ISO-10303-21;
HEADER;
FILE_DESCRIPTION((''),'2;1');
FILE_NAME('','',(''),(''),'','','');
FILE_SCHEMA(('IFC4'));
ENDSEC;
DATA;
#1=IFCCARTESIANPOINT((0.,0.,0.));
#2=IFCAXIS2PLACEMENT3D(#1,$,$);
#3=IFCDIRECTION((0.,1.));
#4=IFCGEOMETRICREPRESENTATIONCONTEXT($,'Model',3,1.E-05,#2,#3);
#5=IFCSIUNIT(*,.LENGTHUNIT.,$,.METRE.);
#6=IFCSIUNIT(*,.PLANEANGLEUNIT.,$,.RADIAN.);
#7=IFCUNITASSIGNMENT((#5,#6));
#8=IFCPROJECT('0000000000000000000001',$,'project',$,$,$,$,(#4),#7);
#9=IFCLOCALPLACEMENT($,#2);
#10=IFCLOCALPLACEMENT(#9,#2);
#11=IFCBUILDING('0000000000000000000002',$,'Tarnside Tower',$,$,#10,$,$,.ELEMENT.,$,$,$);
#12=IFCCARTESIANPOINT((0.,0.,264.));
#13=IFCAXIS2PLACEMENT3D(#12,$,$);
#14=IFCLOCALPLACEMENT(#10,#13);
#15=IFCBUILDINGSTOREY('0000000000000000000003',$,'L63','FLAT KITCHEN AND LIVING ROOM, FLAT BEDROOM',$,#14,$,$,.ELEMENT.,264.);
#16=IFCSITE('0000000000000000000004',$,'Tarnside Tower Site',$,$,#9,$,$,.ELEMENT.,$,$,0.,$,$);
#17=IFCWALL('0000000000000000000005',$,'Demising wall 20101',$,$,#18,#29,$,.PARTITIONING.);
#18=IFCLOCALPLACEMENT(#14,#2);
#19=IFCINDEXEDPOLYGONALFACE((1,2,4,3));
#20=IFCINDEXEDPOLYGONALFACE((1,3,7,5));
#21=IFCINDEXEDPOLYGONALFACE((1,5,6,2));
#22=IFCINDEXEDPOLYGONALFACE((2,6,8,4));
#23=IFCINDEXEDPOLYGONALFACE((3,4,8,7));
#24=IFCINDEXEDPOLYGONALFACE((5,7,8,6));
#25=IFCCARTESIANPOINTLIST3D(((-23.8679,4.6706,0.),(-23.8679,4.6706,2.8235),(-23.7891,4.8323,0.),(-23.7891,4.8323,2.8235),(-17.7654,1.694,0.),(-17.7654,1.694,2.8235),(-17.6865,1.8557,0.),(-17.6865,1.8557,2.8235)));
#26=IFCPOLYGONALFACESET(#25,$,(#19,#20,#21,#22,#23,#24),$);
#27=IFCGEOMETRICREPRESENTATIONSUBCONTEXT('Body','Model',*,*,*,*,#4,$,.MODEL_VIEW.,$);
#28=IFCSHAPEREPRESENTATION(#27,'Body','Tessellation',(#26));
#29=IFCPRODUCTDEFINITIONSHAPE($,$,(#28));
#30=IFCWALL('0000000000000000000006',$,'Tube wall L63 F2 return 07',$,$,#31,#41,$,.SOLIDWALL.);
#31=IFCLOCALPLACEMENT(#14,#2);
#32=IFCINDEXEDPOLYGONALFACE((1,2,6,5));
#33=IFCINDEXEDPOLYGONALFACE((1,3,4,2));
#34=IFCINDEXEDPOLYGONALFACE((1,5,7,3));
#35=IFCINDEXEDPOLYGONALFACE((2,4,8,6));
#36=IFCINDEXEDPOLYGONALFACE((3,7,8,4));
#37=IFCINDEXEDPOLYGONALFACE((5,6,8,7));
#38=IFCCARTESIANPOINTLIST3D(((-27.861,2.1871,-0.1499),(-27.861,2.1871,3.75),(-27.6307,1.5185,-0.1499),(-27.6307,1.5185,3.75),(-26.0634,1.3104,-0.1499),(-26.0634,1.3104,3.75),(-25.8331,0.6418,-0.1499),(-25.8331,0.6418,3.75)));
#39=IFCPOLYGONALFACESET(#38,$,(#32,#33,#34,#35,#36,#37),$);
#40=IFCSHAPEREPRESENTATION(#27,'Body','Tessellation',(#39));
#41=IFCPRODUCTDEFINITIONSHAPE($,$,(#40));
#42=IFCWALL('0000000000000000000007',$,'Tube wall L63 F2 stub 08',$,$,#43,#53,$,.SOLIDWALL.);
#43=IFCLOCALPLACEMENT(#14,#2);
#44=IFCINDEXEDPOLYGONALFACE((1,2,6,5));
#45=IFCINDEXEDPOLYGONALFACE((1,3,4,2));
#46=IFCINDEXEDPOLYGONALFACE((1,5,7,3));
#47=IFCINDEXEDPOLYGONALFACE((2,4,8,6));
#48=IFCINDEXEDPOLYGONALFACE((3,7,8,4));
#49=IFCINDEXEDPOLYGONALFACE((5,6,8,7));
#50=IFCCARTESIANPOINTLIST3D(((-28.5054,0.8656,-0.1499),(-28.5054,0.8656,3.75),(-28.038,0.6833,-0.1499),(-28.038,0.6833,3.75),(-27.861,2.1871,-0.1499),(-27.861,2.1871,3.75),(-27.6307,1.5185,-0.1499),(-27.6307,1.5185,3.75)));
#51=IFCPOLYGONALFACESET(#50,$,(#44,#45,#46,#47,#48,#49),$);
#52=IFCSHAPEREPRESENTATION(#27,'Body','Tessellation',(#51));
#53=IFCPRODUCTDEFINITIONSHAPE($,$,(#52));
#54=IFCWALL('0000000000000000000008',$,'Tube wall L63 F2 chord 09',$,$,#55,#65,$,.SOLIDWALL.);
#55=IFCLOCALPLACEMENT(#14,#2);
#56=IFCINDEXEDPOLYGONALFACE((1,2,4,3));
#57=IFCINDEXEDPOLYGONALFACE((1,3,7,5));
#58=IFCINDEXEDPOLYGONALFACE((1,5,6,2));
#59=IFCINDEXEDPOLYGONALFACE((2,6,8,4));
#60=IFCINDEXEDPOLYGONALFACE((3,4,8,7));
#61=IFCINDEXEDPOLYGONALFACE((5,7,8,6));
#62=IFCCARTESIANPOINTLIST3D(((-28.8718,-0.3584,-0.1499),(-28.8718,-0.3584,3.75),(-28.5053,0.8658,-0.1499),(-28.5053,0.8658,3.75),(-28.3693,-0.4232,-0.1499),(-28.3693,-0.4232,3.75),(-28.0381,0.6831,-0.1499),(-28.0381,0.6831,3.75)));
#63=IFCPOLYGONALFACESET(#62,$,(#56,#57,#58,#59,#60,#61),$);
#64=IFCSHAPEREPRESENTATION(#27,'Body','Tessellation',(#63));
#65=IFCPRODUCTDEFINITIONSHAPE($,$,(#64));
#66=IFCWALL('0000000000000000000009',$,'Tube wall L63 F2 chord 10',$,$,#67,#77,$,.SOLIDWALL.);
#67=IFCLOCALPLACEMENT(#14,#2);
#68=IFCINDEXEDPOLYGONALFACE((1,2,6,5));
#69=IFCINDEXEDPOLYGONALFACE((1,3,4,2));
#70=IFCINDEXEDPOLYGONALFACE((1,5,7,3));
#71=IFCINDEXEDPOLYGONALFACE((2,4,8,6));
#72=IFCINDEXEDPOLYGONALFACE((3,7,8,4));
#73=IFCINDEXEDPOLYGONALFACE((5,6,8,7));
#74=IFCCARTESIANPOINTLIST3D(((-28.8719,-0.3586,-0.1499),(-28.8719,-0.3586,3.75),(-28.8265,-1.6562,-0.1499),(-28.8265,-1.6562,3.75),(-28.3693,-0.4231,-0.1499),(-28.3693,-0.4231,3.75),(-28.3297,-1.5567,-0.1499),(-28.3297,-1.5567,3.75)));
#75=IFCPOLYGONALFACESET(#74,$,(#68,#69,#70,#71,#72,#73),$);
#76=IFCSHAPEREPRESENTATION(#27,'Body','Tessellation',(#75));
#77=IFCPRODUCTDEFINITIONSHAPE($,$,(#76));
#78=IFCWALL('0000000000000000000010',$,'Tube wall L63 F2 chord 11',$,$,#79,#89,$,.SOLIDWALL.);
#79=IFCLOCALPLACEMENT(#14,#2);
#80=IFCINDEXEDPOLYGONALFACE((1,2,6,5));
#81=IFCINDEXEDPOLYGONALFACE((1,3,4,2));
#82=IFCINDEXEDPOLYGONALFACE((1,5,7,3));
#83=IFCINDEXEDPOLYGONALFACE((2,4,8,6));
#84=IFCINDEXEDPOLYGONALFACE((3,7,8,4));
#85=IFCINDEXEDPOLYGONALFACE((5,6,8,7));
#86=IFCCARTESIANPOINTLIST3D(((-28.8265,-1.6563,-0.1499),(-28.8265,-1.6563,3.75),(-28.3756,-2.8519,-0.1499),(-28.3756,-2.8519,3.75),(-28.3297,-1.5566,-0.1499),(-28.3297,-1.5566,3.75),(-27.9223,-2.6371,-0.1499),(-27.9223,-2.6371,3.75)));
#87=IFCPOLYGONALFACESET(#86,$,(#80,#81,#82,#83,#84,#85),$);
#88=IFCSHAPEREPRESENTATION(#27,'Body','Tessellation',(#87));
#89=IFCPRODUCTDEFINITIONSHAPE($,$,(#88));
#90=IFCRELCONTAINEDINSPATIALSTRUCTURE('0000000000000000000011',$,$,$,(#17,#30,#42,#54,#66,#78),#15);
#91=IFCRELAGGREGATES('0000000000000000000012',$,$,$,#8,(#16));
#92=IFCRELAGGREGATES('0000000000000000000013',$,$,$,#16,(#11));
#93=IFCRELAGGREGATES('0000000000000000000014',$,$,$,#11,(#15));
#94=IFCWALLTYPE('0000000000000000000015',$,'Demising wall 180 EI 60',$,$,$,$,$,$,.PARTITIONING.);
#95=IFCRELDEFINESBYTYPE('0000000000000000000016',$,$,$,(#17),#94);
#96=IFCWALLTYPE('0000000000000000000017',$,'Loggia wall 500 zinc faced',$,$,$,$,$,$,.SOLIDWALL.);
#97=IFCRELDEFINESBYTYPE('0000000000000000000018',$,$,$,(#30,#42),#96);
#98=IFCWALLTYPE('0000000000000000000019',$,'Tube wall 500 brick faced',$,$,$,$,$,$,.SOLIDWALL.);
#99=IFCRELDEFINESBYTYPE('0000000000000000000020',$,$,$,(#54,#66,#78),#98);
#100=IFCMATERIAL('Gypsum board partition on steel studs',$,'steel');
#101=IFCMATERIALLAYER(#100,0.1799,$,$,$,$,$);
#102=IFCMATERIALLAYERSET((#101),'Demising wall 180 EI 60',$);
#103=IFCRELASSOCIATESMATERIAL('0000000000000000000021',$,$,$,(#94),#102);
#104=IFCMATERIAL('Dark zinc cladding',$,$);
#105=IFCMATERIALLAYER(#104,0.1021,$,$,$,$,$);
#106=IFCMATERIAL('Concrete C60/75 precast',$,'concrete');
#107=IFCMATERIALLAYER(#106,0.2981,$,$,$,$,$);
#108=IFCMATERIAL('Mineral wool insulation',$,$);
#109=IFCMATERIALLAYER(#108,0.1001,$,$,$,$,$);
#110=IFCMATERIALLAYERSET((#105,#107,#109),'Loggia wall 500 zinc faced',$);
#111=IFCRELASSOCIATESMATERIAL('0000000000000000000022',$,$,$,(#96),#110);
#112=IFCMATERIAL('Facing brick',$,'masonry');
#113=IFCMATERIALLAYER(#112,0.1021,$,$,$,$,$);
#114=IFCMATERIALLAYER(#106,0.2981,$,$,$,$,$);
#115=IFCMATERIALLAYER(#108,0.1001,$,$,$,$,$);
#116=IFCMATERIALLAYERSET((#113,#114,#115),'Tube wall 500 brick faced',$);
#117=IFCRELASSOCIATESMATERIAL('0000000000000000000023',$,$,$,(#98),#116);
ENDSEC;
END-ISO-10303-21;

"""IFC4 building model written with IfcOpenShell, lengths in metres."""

from ifc_helpers import new_model, si_unit, direction, frame, frame_2d, origin, place, context, subcontext, project, spatial, polyline, rectangle, outline, extrude, material, layer, layer_set, type_object, element, save


model = new_model("IFC4")

# Units and contexts
model_context = context("Model", 3, precision=1e-05, world=origin(), true_north=direction((0.0, 1.0)))
body_context = subcontext(model_context, "Body", "Model", "MODEL_VIEW")
ifc_project = project(units=[si_unit("LENGTHUNIT", "METRE"), si_unit("PLANEANGLEUNIT", "RADIAN")], contexts=[model_context])

# Site, building, storey
site_placement = place(None, origin())
site = spatial("IfcSite", under=ifc_project, at=site_placement, Name="Tarnside Tower Site", CompositionType="ELEMENT", RefElevation=0.0)
building_placement = place(site_placement, origin())
building = spatial("IfcBuilding", under=site, at=building_placement, Name="Tarnside Tower", CompositionType="ELEMENT")
storey_placement = place(building_placement, frame((0.0, 0.0, 264.0)))
storey = spatial("IfcBuildingStorey", under=building, at=storey_placement, Name="L63", Description="FLAT KITCHEN AND LIVING ROOM, FLAT BEDROOM", CompositionType="ELEMENT", Elevation=264.0)

# Shared definitions
ifc_material_1 = material(Name="Gypsum board partition on steel studs", Category="steel")

# Walls
ifc_layer_1 = layer(ifc_material_1, 0.1799)
ifc_layer_set_1 = layer_set([ifc_layer_1], Name="Demising wall 180 EI 60")
wall_type_1 = type_object("IfcWallType", Name="Demising wall 180 EI 60", PredefinedType="PARTITIONING", material=ifc_layer_set_1)
wall_1_placement = place(storey_placement, frame((-23.8286, 4.7515, 0.0), z_axis=(0.0, 0.0, 1.0), x_axis=(0.898785, -0.43839, 0.0)))
element("IfcWall", 1, at=wall_1_placement, inside=storey, type_object=wall_type_1, Name="Demising wall 20101", PredefinedType="PARTITIONING", context=body_context, shape_type="SweptSolid", body=[
    extrude(rectangle(XDim=6.7898, YDim=0.1799, at=frame_2d((3.395, 0.0))), origin(), (0.0, 0.0, 1.0), 2.8235),
])
ifc_material_2 = material(Name="Dark zinc cladding")
ifc_layer_2 = layer(ifc_material_2, 0.1021)
ifc_material_3 = material(Name="Concrete C60/75 precast", Category="concrete")
ifc_layer_3 = layer(ifc_material_3, 0.2981)
ifc_material_4 = material(Name="Mineral wool insulation")
ifc_layer_4 = layer(ifc_material_4, 0.1001)
ifc_layer_set_2 = layer_set([ifc_layer_2, ifc_layer_3, ifc_layer_4], Name="Loggia wall 500 zinc faced")
wall_type_2 = type_object("IfcWallType", Name="Loggia wall 500 zinc faced", PredefinedType="SOLIDWALL", material=ifc_layer_set_2)
wall_2_placement = place(storey_placement, frame((-25.9482, 0.9761, -0.1499), z_axis=(0.0, 0.0, 1.0), x_axis=(-0.898802, 0.438354, 0.0)))
element("IfcWall", 2, at=wall_2_placement, inside=storey, type_object=wall_type_2, Name="Tube wall L63 F2 return 07", PredefinedType="SOLIDWALL", context=body_context, shape_type="SweptSolid", body=[
    extrude(outline(polyline([(0.25, -0.25), (2.25, -0.25), (1.75, 0.25), (-0.25, 0.25), (0.25, -0.25)])), origin(), (0.0, 0.0, 1.0), 3.8999),
])
wall_3_placement = place(storey_placement, frame((-27.7458, 1.8528, -0.1499), z_axis=(0.0, 0.0, 1.0), x_axis=(-0.438319, -0.898819, 0.0)))
element("IfcWall", 3, at=wall_3_placement, inside=storey, type_object=wall_type_2, Name="Tube wall L63 F2 stub 08", PredefinedType="SOLIDWALL", context=body_context, shape_type="SweptSolid", body=[
    extrude(outline(polyline([(-0.25, -0.25), (1.2202, -0.25), (1.1792, 0.25), (0.25, 0.25), (-0.25, -0.25)])), origin(), (0.0, 0.0, 1.0), 3.8999),
])
ifc_material_5 = material(Name="Facing brick", Category="masonry")
ifc_layer_5 = layer(ifc_material_5, 0.1021)
ifc_layer_6 = layer(ifc_material_3, 0.2981)
ifc_layer_7 = layer(ifc_material_4, 0.1001)
ifc_layer_set_3 = layer_set([ifc_layer_5, ifc_layer_6, ifc_layer_7], Name="Tube wall 500 brick faced")
wall_type_3 = type_object("IfcWallType", Name="Tube wall 500 brick faced", PredefinedType="SOLIDWALL", material=ifc_layer_set_3)
wall_4_placement = place(storey_placement, frame((-28.2717, 0.7744, -0.1499), z_axis=(0.0, 0.0, 1.0), x_axis=(-0.286814, -0.957986, 0.0)))
element("IfcWall", 4, at=wall_4_placement, inside=storey, type_object=wall_type_3, Name="Tube wall L63 F2 chord 09", PredefinedType="SOLIDWALL", context=body_context, shape_type="SweptSolid", body=[
    extrude(outline(polyline([(-0.0205, -0.25), (1.2573, -0.25), (1.1753, 0.25), (0.0205, 0.25), (-0.0205, -0.25)])), origin(), (0.0, 0.0, 1.0), 3.8999),
])
wall_5_placement = place(storey_placement, frame((-28.6206, -0.3909, -0.1499), z_axis=(0.0, 0.0, 1.0), x_axis=(0.034925, -0.99939, 0.0)))
element("IfcWall", 5, at=wall_5_placement, inside=storey, type_object=wall_type_3, Name="Tube wall L63 F2 chord 10", PredefinedType="SOLIDWALL", context=body_context, shape_type="SweptSolid", body=[
    extrude(outline(polyline([(-0.041, -0.25), (1.2573, -0.25), (1.1753, 0.25), (0.041, 0.25), (-0.041, -0.25)])), origin(), (0.0, 0.0, 1.0), 3.8999),
])
wall_6_placement = place(storey_placement, frame((-28.5781, -1.6064, -0.1499), z_axis=(0.0, 0.0, 1.0), x_axis=(0.352838, -0.935684, 0.0)))
element("IfcWall", 6, at=wall_6_placement, inside=storey, type_object=wall_type_3, Name="Tube wall L63 F2 chord 11", PredefinedType="SOLIDWALL", context=body_context, shape_type="SweptSolid", body=[
    extrude(outline(polyline([(-0.041, -0.25), (1.2368, -0.25), (1.1958, 0.25), (0.041, 0.25), (-0.041, -0.25)])), origin(), (0.0, 0.0, 1.0), 3.8999),
])

save(model, "model.ifc")
